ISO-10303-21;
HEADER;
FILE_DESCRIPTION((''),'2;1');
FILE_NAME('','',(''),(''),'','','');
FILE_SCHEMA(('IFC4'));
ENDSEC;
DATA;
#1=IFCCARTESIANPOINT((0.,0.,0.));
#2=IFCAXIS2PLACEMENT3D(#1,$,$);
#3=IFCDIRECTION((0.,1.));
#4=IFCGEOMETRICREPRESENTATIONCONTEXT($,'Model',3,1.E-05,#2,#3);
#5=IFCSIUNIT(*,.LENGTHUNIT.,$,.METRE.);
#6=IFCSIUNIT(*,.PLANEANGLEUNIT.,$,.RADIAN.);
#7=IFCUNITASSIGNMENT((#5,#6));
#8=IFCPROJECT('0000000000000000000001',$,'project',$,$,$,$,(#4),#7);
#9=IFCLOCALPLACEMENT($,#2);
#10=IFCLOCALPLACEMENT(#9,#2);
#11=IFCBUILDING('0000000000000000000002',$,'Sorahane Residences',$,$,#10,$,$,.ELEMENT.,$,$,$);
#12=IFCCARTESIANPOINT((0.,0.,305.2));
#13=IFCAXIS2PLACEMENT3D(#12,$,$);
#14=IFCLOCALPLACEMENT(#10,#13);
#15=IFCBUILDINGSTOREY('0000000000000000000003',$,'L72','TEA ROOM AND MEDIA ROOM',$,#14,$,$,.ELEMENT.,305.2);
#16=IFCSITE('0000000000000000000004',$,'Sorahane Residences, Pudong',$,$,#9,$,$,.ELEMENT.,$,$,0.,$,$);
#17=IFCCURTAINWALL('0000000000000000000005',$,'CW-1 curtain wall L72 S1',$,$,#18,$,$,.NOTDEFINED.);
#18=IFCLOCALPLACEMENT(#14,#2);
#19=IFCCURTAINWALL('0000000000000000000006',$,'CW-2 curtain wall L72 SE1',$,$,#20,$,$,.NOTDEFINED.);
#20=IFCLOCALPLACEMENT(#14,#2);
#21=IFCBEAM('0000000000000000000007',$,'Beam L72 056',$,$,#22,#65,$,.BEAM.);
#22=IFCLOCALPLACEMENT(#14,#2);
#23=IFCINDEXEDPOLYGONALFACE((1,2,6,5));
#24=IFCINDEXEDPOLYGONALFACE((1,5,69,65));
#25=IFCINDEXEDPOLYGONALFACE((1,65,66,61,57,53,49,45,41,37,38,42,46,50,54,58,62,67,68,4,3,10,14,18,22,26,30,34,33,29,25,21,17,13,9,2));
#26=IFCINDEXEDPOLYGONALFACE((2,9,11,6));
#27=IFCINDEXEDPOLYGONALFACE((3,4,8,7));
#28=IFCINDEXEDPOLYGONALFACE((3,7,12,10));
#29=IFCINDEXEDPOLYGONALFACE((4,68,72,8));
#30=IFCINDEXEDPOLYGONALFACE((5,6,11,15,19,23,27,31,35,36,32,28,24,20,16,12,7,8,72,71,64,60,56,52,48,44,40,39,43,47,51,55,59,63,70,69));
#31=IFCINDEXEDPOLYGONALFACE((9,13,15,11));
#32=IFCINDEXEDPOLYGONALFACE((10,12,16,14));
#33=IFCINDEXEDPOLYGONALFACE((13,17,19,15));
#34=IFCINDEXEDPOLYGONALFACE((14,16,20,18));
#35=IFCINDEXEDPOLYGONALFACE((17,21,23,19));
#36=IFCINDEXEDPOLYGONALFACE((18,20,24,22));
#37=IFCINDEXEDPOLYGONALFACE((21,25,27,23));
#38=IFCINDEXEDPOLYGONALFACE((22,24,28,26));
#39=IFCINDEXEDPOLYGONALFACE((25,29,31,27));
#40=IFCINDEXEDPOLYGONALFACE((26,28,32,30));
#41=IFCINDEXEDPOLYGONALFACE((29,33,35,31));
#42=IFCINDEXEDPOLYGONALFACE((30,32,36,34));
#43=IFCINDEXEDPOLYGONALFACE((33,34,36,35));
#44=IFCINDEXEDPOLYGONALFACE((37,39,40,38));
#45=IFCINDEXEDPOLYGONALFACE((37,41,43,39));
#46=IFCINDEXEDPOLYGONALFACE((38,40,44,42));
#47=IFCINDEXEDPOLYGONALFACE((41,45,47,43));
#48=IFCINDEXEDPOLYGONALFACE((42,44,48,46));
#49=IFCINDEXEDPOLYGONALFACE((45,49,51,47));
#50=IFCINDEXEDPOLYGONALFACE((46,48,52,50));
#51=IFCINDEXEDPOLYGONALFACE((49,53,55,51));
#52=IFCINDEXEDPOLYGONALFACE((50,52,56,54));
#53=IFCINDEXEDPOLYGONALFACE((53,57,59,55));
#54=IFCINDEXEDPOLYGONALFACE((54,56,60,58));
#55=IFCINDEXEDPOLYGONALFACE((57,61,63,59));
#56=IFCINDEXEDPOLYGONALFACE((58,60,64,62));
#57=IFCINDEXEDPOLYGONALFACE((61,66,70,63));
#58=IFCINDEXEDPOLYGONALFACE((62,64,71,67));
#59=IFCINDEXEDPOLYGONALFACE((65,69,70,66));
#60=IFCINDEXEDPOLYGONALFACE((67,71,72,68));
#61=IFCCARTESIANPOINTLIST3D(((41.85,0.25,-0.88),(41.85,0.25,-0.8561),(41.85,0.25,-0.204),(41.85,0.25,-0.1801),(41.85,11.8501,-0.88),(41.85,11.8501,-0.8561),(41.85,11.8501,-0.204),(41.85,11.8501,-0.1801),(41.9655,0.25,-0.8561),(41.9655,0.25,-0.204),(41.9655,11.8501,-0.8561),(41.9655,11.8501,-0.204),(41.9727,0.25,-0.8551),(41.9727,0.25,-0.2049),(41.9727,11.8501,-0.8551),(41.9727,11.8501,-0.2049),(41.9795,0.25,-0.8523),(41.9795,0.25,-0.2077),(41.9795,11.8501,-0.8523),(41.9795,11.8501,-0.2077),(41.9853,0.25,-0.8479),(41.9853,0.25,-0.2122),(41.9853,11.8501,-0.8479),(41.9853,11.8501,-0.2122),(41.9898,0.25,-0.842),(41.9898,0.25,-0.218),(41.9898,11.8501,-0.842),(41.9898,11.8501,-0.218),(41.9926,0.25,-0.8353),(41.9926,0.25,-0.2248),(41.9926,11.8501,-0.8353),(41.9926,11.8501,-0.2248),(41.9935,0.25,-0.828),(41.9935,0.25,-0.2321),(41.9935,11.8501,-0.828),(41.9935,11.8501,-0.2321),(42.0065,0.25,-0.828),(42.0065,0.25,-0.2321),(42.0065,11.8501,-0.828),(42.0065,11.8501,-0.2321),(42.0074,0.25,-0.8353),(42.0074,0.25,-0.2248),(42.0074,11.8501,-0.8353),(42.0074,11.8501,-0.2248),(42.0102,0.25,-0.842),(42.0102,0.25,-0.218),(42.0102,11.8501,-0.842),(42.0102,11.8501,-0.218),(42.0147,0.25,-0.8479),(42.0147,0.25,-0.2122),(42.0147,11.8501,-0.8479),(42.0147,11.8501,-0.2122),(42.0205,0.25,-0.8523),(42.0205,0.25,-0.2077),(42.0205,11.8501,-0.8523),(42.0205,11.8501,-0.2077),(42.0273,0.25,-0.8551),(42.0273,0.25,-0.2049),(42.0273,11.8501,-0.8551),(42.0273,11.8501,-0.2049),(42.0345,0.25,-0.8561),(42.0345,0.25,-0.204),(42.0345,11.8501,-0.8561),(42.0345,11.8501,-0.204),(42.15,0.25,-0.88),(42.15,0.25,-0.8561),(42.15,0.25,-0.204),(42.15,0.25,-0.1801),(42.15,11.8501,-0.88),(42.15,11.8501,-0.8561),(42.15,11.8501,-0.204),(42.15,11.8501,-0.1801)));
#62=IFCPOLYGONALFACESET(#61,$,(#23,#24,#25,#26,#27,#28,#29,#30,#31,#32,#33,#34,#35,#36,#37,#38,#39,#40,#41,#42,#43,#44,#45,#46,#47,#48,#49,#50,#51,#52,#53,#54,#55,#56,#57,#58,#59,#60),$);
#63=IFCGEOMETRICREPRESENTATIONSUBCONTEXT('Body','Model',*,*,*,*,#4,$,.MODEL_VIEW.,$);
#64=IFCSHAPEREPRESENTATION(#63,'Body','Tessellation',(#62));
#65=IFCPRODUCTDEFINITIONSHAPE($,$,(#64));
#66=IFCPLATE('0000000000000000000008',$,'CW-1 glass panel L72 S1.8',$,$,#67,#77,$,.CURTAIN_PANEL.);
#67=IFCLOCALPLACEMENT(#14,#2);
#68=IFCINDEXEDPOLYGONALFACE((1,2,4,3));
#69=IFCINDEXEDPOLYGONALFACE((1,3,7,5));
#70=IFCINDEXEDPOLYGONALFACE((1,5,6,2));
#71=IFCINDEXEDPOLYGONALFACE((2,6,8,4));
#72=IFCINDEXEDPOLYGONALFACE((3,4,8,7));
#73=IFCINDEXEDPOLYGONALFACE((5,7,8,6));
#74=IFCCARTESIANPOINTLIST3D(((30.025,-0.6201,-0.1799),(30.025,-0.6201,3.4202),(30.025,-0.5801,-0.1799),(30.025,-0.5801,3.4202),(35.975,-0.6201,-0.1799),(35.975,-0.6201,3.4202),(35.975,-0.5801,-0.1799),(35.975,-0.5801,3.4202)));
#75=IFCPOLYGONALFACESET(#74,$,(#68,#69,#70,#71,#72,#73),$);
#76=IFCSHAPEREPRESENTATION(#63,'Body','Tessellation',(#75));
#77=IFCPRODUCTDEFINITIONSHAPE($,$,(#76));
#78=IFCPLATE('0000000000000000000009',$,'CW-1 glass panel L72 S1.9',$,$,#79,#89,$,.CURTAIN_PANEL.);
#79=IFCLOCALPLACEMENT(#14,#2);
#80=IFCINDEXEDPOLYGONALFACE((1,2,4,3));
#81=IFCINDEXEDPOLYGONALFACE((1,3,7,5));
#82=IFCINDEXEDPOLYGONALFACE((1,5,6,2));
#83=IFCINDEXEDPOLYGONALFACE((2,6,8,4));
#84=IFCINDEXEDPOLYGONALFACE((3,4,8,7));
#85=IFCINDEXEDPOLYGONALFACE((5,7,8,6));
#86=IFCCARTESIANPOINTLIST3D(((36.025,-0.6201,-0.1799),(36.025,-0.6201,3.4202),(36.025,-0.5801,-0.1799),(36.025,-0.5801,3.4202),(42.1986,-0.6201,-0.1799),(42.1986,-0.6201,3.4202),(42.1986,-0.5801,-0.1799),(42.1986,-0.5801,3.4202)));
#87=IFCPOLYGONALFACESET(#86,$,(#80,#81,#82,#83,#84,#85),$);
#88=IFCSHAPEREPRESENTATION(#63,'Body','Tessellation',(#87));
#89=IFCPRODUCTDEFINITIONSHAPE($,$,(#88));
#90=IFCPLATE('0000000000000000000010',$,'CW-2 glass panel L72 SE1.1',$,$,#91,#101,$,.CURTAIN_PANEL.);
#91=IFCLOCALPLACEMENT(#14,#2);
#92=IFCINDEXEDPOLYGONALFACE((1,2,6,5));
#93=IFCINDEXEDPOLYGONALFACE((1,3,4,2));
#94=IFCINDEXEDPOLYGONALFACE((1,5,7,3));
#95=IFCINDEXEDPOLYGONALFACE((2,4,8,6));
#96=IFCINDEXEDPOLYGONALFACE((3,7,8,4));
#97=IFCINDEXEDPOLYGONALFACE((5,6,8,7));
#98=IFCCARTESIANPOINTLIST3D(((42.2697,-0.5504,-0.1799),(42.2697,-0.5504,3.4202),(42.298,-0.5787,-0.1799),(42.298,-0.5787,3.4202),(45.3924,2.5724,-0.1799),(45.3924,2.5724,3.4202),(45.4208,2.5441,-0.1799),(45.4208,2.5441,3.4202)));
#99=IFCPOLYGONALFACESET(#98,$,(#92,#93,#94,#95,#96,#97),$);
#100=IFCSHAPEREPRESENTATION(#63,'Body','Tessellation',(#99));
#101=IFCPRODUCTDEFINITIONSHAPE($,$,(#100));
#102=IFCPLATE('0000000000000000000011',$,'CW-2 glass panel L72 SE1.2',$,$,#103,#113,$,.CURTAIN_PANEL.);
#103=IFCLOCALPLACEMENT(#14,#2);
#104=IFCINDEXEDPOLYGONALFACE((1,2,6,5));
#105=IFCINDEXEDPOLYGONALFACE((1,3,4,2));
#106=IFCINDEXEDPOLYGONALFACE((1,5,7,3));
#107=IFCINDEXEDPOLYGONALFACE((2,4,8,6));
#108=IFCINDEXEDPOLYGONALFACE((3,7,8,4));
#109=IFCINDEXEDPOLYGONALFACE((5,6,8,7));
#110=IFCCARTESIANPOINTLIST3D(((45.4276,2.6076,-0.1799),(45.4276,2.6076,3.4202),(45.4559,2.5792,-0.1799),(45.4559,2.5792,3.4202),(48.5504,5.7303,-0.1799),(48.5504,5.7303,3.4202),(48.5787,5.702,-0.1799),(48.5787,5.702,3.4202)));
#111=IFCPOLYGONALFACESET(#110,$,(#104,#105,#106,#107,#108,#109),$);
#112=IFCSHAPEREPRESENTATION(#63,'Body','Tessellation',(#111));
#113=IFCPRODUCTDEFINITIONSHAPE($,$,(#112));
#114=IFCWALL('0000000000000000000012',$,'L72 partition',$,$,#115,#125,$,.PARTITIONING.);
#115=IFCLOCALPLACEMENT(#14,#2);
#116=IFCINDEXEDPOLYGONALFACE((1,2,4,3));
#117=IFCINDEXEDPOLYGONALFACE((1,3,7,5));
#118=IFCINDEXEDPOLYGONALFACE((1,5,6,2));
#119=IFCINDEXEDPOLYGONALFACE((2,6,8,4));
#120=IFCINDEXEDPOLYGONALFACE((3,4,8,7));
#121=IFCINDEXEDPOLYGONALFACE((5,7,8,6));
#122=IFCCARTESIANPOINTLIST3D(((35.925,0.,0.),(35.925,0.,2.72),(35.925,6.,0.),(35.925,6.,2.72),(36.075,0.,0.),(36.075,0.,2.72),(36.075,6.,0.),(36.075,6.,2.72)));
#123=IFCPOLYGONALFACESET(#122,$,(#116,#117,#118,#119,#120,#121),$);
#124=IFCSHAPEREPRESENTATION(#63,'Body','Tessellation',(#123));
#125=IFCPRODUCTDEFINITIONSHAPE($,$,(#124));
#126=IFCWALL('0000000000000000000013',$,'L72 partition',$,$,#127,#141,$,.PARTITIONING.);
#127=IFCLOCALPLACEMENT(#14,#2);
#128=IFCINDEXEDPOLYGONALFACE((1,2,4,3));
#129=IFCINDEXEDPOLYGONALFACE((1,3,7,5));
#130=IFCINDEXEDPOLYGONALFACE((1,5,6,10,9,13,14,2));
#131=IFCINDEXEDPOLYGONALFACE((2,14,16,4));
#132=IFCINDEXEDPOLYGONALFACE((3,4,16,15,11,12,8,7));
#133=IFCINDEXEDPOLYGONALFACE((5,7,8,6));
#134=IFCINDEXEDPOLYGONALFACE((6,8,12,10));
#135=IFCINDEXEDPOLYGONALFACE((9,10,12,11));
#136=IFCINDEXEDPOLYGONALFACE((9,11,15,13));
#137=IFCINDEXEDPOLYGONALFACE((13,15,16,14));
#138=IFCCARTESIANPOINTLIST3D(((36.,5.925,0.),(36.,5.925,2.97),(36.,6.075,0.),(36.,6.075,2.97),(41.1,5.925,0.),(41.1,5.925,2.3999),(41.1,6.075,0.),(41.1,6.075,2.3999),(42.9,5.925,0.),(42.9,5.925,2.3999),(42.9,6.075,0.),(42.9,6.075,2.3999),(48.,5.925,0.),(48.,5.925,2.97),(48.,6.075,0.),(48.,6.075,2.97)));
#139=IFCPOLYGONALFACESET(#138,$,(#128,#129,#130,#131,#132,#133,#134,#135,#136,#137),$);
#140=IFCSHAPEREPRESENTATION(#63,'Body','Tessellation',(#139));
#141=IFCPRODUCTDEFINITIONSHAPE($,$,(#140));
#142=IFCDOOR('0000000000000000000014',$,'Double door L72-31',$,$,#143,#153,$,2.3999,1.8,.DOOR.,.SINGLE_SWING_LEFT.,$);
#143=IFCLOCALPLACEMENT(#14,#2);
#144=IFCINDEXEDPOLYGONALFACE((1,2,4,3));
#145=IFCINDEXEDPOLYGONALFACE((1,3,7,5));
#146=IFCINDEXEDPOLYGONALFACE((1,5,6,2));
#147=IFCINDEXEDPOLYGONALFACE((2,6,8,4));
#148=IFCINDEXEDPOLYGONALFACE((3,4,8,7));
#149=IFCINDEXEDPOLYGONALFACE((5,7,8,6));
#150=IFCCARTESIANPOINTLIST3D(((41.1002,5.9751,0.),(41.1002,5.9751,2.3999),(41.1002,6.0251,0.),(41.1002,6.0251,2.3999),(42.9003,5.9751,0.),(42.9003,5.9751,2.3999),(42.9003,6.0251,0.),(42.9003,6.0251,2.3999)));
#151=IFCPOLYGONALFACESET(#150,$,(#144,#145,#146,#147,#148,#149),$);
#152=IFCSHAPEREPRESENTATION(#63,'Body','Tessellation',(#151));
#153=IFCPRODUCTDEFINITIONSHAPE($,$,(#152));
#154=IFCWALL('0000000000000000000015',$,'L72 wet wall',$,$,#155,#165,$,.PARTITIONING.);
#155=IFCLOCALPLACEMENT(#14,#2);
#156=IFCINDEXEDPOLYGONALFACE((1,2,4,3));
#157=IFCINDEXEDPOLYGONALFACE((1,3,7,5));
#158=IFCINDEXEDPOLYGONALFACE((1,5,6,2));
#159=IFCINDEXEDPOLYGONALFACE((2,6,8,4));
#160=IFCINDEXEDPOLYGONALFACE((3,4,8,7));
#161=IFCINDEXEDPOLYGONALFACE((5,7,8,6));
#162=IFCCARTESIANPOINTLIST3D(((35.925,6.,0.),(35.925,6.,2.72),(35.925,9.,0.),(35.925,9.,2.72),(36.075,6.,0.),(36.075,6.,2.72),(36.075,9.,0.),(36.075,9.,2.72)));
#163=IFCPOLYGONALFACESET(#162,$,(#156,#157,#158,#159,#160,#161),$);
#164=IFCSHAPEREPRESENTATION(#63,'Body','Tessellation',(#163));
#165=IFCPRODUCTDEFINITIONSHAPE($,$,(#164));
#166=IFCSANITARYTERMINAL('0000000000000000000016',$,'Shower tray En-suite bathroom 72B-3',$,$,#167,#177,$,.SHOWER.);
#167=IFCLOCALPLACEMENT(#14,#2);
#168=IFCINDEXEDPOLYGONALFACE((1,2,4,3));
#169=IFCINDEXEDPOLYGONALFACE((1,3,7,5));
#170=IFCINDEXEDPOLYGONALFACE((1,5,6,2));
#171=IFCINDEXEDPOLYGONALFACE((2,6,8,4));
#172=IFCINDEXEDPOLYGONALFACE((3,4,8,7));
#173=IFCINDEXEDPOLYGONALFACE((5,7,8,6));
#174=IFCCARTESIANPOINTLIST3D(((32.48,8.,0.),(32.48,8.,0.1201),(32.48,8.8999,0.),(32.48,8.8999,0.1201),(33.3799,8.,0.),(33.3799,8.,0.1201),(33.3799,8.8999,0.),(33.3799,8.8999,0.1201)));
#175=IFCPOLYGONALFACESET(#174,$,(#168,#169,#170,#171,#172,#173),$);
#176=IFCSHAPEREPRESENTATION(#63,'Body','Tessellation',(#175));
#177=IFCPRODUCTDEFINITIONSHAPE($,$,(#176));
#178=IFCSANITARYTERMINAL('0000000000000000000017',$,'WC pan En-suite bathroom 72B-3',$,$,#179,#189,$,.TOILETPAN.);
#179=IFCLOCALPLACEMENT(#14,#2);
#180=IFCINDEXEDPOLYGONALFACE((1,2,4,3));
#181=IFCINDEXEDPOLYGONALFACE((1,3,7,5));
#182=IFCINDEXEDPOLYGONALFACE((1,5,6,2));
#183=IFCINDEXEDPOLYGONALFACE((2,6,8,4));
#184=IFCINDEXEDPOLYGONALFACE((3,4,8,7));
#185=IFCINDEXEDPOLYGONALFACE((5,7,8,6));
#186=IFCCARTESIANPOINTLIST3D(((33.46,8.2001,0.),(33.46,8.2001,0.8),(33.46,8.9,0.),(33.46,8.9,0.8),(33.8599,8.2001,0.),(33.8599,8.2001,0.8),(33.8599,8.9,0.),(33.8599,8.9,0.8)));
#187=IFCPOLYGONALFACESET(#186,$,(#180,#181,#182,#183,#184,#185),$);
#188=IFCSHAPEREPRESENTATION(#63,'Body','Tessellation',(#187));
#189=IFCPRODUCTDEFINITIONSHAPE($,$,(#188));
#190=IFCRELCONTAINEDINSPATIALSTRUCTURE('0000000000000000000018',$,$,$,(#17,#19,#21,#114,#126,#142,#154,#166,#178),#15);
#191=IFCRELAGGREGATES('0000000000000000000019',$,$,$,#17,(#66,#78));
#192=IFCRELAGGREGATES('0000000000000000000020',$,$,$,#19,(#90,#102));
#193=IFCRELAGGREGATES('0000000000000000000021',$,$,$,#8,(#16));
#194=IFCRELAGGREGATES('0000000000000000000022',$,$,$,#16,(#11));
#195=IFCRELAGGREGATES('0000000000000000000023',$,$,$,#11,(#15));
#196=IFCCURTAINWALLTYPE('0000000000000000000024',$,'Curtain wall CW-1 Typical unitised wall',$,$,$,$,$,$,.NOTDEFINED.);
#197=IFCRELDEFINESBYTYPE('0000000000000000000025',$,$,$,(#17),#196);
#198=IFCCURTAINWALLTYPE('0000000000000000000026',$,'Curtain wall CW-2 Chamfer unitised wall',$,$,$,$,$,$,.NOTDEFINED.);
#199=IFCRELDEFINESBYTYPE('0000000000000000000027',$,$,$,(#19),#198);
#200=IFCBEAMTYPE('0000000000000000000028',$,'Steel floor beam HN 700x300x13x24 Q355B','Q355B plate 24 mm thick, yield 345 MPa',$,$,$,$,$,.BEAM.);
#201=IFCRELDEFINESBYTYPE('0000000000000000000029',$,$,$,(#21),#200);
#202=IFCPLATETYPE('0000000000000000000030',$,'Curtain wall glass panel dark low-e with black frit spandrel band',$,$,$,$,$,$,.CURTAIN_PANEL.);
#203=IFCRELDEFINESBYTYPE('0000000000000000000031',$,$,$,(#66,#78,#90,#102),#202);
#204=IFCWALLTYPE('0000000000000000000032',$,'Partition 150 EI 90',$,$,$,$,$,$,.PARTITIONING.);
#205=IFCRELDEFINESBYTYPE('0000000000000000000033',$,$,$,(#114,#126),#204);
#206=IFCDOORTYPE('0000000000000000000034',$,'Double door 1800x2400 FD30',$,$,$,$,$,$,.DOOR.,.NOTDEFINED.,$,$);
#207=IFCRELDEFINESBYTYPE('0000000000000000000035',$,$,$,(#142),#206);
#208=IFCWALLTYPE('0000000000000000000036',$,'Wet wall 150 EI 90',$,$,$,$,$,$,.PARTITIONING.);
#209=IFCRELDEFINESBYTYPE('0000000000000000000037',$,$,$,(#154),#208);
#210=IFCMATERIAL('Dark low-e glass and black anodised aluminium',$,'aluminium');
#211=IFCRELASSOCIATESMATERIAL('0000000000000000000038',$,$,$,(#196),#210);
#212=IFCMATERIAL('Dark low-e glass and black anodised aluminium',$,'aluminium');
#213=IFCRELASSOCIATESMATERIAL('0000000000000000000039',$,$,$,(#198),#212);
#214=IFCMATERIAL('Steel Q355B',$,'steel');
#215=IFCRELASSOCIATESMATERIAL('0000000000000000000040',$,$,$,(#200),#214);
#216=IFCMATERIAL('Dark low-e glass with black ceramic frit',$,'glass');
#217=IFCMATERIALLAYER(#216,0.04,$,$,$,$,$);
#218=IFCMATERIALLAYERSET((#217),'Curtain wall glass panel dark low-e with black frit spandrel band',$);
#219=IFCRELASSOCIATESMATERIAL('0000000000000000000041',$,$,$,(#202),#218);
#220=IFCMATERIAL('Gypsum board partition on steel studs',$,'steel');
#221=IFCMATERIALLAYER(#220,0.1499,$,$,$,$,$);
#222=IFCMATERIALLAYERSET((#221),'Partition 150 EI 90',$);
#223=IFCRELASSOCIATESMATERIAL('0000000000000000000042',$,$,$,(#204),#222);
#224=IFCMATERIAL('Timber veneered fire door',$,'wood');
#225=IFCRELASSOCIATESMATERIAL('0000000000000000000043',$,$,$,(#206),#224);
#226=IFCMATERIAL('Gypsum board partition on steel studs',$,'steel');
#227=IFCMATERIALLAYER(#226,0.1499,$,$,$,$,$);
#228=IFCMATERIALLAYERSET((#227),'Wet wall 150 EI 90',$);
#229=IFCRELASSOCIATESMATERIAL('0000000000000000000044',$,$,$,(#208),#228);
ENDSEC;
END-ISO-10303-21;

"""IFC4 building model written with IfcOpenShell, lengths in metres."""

from ifc_helpers import new_model, si_unit, direction, frame, frame_2d, origin, origin_2d, place, context, subcontext, project, spatial, rectangle, i_section, extrude, material, layer, layer_set, material_profile, profile_set, type_object, element, fill, aggregate, save


model = new_model("IFC4")

# Units and contexts
model_context = context("Model", 3, precision=1e-05, world=origin(), true_north=direction((0.0, 1.0)))
body_context = subcontext(model_context, "Body", "Model", "MODEL_VIEW")
ifc_project = project(units=[si_unit("LENGTHUNIT", "METRE"), si_unit("PLANEANGLEUNIT", "RADIAN")], contexts=[model_context])

# Site, building, storey
site_placement = place(None, origin())
site = spatial("IfcSite", under=ifc_project, at=site_placement, Name="Sorahane Residences, Pudong", CompositionType="ELEMENT", RefElevation=0.0)
building_placement = place(site_placement, origin())
building = spatial("IfcBuilding", under=site, at=building_placement, Name="Sorahane Residences", CompositionType="ELEMENT")
storey_placement = place(building_placement, frame((0.0, 0.0, 305.2)))
storey = spatial("IfcBuildingStorey", under=building, at=storey_placement, Name="L72", Description="TEA ROOM AND MEDIA ROOM", CompositionType="ELEMENT", Elevation=305.2)

# Curtain walls
ifc_material_1 = material(Name="Dark low-e glass and black anodised aluminium", Category="aluminium")
curtain_wall_type_1 = type_object("IfcCurtainWallType", Name="Curtain wall CW-1 Typical unitised wall", PredefinedType="NOTDEFINED", material=ifc_material_1)
curtain_wall_1_placement = place(storey_placement, origin())
curtain_wall_1 = element("IfcCurtainWall", 1, at=curtain_wall_1_placement, inside=storey, type_object=curtain_wall_type_1, Name="CW-1 curtain wall L72 S1", PredefinedType="NOTDEFINED")
ifc_material_2 = material(Name="Dark low-e glass and black anodised aluminium", Category="aluminium")
curtain_wall_type_2 = type_object("IfcCurtainWallType", Name="Curtain wall CW-2 Chamfer unitised wall", PredefinedType="NOTDEFINED", material=ifc_material_2)
curtain_wall_2_placement = place(storey_placement, origin())
curtain_wall_2 = element("IfcCurtainWall", 2, at=curtain_wall_2_placement, inside=storey, type_object=curtain_wall_type_2, Name="CW-2 curtain wall L72 SE1", PredefinedType="NOTDEFINED")

# Beam
ifc_material_3 = material(Name="Steel Q355B", Category="steel")
ifc_material_profile_1 = material_profile(ifc_material_3, i_section(OverallWidth=0.3, OverallDepth=0.7, WebThickness=0.0129, FlangeThickness=0.0239, FilletRadius=0.0281, at=origin_2d()), Name="HN 700x300x13x24")
ifc_profile_set_1 = profile_set([ifc_material_profile_1], Name="Steel Q355B")
beam_type_1 = type_object("IfcBeamType", Name="Steel floor beam HN 700x300x13x24 Q355B", Description="Q355B plate 24 mm thick, yield 345 MPa", PredefinedType="BEAM", material=ifc_profile_set_1)
beam_1_placement = place(storey_placement, frame((42.0, 0.25, -0.53), z_axis=(0.0, 1.0, 0.0), x_axis=(-1.0, 0.0, 0.0)))
element("IfcBeam", 3, at=beam_1_placement, inside=storey, type_object=beam_type_1, Name="Beam L72 056", PredefinedType="BEAM", context=body_context, shape_type="SweptSolid", body=[
    extrude(i_section(OverallWidth=0.3, OverallDepth=0.7, WebThickness=0.0129, FlangeThickness=0.0239, FilletRadius=0.0281, at=origin_2d()), origin(), (0.0, 0.0, 1.0), 11.6001),
])

# Plates
ifc_material_4 = material(Name="Dark low-e glass with black ceramic frit", Category="glass")
ifc_layer_1 = layer(ifc_material_4, 0.04)
ifc_layer_set_1 = layer_set([ifc_layer_1], Name="Curtain wall glass panel dark low-e with black frit spandrel band")
plate_type = type_object("IfcPlateType", Name="Curtain wall glass panel dark low-e with black frit spandrel band", PredefinedType="CURTAIN_PANEL", material=ifc_layer_set_1)
plate_1_placement = place(storey_placement, frame((33.0, -0.6001, -0.1799), z_axis=(0.0, 0.0, 1.0), x_axis=(1.0, 0.0, 0.0)))
plate_1 = element("IfcPlate", 4, at=plate_1_placement, type_object=plate_type, Name="CW-1 glass panel L72 S1.8", PredefinedType="CURTAIN_PANEL", context=body_context, shape_type="SweptSolid", body=[
    extrude(rectangle(XDim=5.95, YDim=0.04, at=origin_2d()), origin(), (0.0, 0.0, 1.0), 3.6001),
])
plate_2_placement = place(storey_placement, frame((39.1118, -0.6001, -0.1799), z_axis=(0.0, 0.0, 1.0), x_axis=(1.0, 0.0, 0.0)))
plate_2 = element("IfcPlate", 5, at=plate_2_placement, type_object=plate_type, Name="CW-1 glass panel L72 S1.9", PredefinedType="CURTAIN_PANEL", context=body_context, shape_type="SweptSolid", body=[
    extrude(rectangle(XDim=6.1736, YDim=0.04, at=origin_2d()), origin(), (0.0, 0.0, 1.0), 3.6001),
])
aggregate(curtain_wall_1, [plate_1, plate_2])
plate_3_placement = place(storey_placement, frame((43.8452, 0.9968, -0.1799), z_axis=(0.0, 0.0, 1.0), x_axis=(0.707107, 0.707107, 0.0)))
plate_3 = element("IfcPlate", 6, at=plate_3_placement, type_object=plate_type, Name="CW-2 glass panel L72 SE1.1", PredefinedType="CURTAIN_PANEL", context=body_context, shape_type="SweptSolid", body=[
    extrude(rectangle(XDim=4.4163, YDim=0.04, at=origin_2d()), origin(), (0.0, 0.0, 1.0), 3.6001),
])
plate_4_placement = place(storey_placement, frame((47.0032, 4.1548, -0.1799), z_axis=(0.0, 0.0, 1.0), x_axis=(0.707107, 0.707107, 0.0)))
plate_4 = element("IfcPlate", 7, at=plate_4_placement, type_object=plate_type, Name="CW-2 glass panel L72 SE1.2", PredefinedType="CURTAIN_PANEL", context=body_context, shape_type="SweptSolid", body=[
    extrude(rectangle(XDim=4.4163, YDim=0.04, at=origin_2d()), origin(), (0.0, 0.0, 1.0), 3.6001),
])
aggregate(curtain_wall_2, [plate_3, plate_4])

# Wall
ifc_material_5 = material(Name="Gypsum board partition on steel studs", Category="steel")
ifc_layer_2 = layer(ifc_material_5, 0.1499)
ifc_layer_set_2 = layer_set([ifc_layer_2], Name="Partition 150 EI 90")
wall_type_1 = type_object("IfcWallType", Name="Partition 150 EI 90", PredefinedType="PARTITIONING", material=ifc_layer_set_2)
wall_1_placement = place(storey_placement, frame((36.0, 0.0, 0.0), z_axis=(0.0, 0.0, 1.0), x_axis=(0.0, 1.0, 0.0)))
element("IfcWall", 8, at=wall_1_placement, inside=storey, type_object=wall_type_1, Name="L72 partition", PredefinedType="PARTITIONING", context=body_context, shape_type="SweptSolid", body=[
    extrude(rectangle(XDim=6.0, YDim=0.1499, at=frame_2d((3.0, 0.0))), origin(), (0.0, 0.0, 1.0), 2.72),
])

# Wall, opening, door
wall_2_placement = place(storey_placement, frame((36.0, 6.0, 0.0), z_axis=(0.0, 0.0, 1.0), x_axis=(1.0, 0.0, 0.0)))
wall_2 = element("IfcWall", 9, at=wall_2_placement, inside=storey, type_object=wall_type_1, Name="L72 partition", PredefinedType="PARTITIONING", context=body_context, shape_type="SweptSolid", body=[
    extrude(rectangle(XDim=12.0, YDim=0.1499, at=frame_2d((6.0, 0.0))), origin(), (0.0, 0.0, 1.0), 2.97),
])
opening_1_placement = place(wall_2_placement, frame((5.1001, 0.0, 0.0)))
opening_1 = element("IfcOpeningElement", 10, at=opening_1_placement, cuts=wall_2, PredefinedType="OPENING", context=body_context, shape_type="SweptSolid", body=[
    extrude(rectangle(XDim=1.8, YDim=2.3999, at=frame_2d((0.8999, 1.2))), frame((0.0, 0.085, 0.0), z_axis=(0.0, -1.0, 0.0), x_axis=(1.0, 0.0, 0.0)), (0.0, 0.0, 1.0), 0.1699),
])
ifc_material_6 = material(Name="Timber veneered fire door", Category="wood")
door_type_1 = type_object("IfcDoorType", Name="Double door 1800x2400 FD30", OperationType="NOTDEFINED", PredefinedType="DOOR", material=ifc_material_6)
door_1_placement = place(opening_1_placement, frame((1.8, 0.0, 0.0), z_axis=(0.0, 0.0, 1.0), x_axis=(-1.0, 0.0, 0.0)))
door_1 = element("IfcDoor", 11, at=door_1_placement, inside=storey, type_object=door_type_1, Name="Double door L72-31", OperationType="SINGLE_SWING_LEFT", OverallHeight=2.3999, OverallWidth=1.8, PredefinedType="DOOR", context=body_context, shape_type="SweptSolid", body=[
    extrude(rectangle(XDim=1.8, YDim=2.3999, at=frame_2d((0.8999, 1.2))), frame((0.0, 0.0249, 0.0), z_axis=(0.0, -1.0, 0.0), x_axis=(1.0, 0.0, 0.0)), (0.0, 0.0, 1.0), 0.05),
])
fill(opening_1, door_1)

# Wall
ifc_material_7 = material(Name="Gypsum board partition on steel studs", Category="steel")
ifc_layer_3 = layer(ifc_material_7, 0.1499)
ifc_layer_set_3 = layer_set([ifc_layer_3], Name="Wet wall 150 EI 90")
wall_type_2 = type_object("IfcWallType", Name="Wet wall 150 EI 90", PredefinedType="PARTITIONING", material=ifc_layer_set_3)
wall_3_placement = place(storey_placement, frame((36.0, 6.0, 0.0), z_axis=(0.0, 0.0, 1.0), x_axis=(0.0, 1.0, 0.0)))
element("IfcWall", 12, at=wall_3_placement, inside=storey, type_object=wall_type_2, Name="L72 wet wall", PredefinedType="PARTITIONING", context=body_context, shape_type="SweptSolid", body=[
    extrude(rectangle(XDim=3.0, YDim=0.1499, at=frame_2d((1.5, 0.0))), origin(), (0.0, 0.0, 1.0), 2.72),
])

# Sanitary terminals
sanitary_terminal_1_placement = place(storey_placement, frame((32.9299, 8.45, 0.0), z_axis=(0.0, 0.0, 1.0), x_axis=(1.0, 0.0, 0.0)))
element("IfcSanitaryTerminal", 13, at=sanitary_terminal_1_placement, inside=storey, Name="Shower tray En-suite bathroom 72B-3", PredefinedType="SHOWER", context=body_context, shape_type="SweptSolid", body=[
    extrude(rectangle(XDim=0.8999, YDim=0.8999, at=origin_2d()), origin(), (0.0, 0.0, 1.0), 0.1201),
])
sanitary_terminal_2_placement = place(storey_placement, frame((33.6599, 8.55, 0.0), z_axis=(0.0, 0.0, 1.0), x_axis=(1.0, 0.0, 0.0)))
element("IfcSanitaryTerminal", 14, at=sanitary_terminal_2_placement, inside=storey, Name="WC pan En-suite bathroom 72B-3", PredefinedType="TOILETPAN", context=body_context, shape_type="SweptSolid", body=[
    extrude(rectangle(XDim=0.3999, YDim=0.7, at=origin_2d()), origin(), (0.0, 0.0, 1.0), 0.8),
])

save(model, "model.ifc")
